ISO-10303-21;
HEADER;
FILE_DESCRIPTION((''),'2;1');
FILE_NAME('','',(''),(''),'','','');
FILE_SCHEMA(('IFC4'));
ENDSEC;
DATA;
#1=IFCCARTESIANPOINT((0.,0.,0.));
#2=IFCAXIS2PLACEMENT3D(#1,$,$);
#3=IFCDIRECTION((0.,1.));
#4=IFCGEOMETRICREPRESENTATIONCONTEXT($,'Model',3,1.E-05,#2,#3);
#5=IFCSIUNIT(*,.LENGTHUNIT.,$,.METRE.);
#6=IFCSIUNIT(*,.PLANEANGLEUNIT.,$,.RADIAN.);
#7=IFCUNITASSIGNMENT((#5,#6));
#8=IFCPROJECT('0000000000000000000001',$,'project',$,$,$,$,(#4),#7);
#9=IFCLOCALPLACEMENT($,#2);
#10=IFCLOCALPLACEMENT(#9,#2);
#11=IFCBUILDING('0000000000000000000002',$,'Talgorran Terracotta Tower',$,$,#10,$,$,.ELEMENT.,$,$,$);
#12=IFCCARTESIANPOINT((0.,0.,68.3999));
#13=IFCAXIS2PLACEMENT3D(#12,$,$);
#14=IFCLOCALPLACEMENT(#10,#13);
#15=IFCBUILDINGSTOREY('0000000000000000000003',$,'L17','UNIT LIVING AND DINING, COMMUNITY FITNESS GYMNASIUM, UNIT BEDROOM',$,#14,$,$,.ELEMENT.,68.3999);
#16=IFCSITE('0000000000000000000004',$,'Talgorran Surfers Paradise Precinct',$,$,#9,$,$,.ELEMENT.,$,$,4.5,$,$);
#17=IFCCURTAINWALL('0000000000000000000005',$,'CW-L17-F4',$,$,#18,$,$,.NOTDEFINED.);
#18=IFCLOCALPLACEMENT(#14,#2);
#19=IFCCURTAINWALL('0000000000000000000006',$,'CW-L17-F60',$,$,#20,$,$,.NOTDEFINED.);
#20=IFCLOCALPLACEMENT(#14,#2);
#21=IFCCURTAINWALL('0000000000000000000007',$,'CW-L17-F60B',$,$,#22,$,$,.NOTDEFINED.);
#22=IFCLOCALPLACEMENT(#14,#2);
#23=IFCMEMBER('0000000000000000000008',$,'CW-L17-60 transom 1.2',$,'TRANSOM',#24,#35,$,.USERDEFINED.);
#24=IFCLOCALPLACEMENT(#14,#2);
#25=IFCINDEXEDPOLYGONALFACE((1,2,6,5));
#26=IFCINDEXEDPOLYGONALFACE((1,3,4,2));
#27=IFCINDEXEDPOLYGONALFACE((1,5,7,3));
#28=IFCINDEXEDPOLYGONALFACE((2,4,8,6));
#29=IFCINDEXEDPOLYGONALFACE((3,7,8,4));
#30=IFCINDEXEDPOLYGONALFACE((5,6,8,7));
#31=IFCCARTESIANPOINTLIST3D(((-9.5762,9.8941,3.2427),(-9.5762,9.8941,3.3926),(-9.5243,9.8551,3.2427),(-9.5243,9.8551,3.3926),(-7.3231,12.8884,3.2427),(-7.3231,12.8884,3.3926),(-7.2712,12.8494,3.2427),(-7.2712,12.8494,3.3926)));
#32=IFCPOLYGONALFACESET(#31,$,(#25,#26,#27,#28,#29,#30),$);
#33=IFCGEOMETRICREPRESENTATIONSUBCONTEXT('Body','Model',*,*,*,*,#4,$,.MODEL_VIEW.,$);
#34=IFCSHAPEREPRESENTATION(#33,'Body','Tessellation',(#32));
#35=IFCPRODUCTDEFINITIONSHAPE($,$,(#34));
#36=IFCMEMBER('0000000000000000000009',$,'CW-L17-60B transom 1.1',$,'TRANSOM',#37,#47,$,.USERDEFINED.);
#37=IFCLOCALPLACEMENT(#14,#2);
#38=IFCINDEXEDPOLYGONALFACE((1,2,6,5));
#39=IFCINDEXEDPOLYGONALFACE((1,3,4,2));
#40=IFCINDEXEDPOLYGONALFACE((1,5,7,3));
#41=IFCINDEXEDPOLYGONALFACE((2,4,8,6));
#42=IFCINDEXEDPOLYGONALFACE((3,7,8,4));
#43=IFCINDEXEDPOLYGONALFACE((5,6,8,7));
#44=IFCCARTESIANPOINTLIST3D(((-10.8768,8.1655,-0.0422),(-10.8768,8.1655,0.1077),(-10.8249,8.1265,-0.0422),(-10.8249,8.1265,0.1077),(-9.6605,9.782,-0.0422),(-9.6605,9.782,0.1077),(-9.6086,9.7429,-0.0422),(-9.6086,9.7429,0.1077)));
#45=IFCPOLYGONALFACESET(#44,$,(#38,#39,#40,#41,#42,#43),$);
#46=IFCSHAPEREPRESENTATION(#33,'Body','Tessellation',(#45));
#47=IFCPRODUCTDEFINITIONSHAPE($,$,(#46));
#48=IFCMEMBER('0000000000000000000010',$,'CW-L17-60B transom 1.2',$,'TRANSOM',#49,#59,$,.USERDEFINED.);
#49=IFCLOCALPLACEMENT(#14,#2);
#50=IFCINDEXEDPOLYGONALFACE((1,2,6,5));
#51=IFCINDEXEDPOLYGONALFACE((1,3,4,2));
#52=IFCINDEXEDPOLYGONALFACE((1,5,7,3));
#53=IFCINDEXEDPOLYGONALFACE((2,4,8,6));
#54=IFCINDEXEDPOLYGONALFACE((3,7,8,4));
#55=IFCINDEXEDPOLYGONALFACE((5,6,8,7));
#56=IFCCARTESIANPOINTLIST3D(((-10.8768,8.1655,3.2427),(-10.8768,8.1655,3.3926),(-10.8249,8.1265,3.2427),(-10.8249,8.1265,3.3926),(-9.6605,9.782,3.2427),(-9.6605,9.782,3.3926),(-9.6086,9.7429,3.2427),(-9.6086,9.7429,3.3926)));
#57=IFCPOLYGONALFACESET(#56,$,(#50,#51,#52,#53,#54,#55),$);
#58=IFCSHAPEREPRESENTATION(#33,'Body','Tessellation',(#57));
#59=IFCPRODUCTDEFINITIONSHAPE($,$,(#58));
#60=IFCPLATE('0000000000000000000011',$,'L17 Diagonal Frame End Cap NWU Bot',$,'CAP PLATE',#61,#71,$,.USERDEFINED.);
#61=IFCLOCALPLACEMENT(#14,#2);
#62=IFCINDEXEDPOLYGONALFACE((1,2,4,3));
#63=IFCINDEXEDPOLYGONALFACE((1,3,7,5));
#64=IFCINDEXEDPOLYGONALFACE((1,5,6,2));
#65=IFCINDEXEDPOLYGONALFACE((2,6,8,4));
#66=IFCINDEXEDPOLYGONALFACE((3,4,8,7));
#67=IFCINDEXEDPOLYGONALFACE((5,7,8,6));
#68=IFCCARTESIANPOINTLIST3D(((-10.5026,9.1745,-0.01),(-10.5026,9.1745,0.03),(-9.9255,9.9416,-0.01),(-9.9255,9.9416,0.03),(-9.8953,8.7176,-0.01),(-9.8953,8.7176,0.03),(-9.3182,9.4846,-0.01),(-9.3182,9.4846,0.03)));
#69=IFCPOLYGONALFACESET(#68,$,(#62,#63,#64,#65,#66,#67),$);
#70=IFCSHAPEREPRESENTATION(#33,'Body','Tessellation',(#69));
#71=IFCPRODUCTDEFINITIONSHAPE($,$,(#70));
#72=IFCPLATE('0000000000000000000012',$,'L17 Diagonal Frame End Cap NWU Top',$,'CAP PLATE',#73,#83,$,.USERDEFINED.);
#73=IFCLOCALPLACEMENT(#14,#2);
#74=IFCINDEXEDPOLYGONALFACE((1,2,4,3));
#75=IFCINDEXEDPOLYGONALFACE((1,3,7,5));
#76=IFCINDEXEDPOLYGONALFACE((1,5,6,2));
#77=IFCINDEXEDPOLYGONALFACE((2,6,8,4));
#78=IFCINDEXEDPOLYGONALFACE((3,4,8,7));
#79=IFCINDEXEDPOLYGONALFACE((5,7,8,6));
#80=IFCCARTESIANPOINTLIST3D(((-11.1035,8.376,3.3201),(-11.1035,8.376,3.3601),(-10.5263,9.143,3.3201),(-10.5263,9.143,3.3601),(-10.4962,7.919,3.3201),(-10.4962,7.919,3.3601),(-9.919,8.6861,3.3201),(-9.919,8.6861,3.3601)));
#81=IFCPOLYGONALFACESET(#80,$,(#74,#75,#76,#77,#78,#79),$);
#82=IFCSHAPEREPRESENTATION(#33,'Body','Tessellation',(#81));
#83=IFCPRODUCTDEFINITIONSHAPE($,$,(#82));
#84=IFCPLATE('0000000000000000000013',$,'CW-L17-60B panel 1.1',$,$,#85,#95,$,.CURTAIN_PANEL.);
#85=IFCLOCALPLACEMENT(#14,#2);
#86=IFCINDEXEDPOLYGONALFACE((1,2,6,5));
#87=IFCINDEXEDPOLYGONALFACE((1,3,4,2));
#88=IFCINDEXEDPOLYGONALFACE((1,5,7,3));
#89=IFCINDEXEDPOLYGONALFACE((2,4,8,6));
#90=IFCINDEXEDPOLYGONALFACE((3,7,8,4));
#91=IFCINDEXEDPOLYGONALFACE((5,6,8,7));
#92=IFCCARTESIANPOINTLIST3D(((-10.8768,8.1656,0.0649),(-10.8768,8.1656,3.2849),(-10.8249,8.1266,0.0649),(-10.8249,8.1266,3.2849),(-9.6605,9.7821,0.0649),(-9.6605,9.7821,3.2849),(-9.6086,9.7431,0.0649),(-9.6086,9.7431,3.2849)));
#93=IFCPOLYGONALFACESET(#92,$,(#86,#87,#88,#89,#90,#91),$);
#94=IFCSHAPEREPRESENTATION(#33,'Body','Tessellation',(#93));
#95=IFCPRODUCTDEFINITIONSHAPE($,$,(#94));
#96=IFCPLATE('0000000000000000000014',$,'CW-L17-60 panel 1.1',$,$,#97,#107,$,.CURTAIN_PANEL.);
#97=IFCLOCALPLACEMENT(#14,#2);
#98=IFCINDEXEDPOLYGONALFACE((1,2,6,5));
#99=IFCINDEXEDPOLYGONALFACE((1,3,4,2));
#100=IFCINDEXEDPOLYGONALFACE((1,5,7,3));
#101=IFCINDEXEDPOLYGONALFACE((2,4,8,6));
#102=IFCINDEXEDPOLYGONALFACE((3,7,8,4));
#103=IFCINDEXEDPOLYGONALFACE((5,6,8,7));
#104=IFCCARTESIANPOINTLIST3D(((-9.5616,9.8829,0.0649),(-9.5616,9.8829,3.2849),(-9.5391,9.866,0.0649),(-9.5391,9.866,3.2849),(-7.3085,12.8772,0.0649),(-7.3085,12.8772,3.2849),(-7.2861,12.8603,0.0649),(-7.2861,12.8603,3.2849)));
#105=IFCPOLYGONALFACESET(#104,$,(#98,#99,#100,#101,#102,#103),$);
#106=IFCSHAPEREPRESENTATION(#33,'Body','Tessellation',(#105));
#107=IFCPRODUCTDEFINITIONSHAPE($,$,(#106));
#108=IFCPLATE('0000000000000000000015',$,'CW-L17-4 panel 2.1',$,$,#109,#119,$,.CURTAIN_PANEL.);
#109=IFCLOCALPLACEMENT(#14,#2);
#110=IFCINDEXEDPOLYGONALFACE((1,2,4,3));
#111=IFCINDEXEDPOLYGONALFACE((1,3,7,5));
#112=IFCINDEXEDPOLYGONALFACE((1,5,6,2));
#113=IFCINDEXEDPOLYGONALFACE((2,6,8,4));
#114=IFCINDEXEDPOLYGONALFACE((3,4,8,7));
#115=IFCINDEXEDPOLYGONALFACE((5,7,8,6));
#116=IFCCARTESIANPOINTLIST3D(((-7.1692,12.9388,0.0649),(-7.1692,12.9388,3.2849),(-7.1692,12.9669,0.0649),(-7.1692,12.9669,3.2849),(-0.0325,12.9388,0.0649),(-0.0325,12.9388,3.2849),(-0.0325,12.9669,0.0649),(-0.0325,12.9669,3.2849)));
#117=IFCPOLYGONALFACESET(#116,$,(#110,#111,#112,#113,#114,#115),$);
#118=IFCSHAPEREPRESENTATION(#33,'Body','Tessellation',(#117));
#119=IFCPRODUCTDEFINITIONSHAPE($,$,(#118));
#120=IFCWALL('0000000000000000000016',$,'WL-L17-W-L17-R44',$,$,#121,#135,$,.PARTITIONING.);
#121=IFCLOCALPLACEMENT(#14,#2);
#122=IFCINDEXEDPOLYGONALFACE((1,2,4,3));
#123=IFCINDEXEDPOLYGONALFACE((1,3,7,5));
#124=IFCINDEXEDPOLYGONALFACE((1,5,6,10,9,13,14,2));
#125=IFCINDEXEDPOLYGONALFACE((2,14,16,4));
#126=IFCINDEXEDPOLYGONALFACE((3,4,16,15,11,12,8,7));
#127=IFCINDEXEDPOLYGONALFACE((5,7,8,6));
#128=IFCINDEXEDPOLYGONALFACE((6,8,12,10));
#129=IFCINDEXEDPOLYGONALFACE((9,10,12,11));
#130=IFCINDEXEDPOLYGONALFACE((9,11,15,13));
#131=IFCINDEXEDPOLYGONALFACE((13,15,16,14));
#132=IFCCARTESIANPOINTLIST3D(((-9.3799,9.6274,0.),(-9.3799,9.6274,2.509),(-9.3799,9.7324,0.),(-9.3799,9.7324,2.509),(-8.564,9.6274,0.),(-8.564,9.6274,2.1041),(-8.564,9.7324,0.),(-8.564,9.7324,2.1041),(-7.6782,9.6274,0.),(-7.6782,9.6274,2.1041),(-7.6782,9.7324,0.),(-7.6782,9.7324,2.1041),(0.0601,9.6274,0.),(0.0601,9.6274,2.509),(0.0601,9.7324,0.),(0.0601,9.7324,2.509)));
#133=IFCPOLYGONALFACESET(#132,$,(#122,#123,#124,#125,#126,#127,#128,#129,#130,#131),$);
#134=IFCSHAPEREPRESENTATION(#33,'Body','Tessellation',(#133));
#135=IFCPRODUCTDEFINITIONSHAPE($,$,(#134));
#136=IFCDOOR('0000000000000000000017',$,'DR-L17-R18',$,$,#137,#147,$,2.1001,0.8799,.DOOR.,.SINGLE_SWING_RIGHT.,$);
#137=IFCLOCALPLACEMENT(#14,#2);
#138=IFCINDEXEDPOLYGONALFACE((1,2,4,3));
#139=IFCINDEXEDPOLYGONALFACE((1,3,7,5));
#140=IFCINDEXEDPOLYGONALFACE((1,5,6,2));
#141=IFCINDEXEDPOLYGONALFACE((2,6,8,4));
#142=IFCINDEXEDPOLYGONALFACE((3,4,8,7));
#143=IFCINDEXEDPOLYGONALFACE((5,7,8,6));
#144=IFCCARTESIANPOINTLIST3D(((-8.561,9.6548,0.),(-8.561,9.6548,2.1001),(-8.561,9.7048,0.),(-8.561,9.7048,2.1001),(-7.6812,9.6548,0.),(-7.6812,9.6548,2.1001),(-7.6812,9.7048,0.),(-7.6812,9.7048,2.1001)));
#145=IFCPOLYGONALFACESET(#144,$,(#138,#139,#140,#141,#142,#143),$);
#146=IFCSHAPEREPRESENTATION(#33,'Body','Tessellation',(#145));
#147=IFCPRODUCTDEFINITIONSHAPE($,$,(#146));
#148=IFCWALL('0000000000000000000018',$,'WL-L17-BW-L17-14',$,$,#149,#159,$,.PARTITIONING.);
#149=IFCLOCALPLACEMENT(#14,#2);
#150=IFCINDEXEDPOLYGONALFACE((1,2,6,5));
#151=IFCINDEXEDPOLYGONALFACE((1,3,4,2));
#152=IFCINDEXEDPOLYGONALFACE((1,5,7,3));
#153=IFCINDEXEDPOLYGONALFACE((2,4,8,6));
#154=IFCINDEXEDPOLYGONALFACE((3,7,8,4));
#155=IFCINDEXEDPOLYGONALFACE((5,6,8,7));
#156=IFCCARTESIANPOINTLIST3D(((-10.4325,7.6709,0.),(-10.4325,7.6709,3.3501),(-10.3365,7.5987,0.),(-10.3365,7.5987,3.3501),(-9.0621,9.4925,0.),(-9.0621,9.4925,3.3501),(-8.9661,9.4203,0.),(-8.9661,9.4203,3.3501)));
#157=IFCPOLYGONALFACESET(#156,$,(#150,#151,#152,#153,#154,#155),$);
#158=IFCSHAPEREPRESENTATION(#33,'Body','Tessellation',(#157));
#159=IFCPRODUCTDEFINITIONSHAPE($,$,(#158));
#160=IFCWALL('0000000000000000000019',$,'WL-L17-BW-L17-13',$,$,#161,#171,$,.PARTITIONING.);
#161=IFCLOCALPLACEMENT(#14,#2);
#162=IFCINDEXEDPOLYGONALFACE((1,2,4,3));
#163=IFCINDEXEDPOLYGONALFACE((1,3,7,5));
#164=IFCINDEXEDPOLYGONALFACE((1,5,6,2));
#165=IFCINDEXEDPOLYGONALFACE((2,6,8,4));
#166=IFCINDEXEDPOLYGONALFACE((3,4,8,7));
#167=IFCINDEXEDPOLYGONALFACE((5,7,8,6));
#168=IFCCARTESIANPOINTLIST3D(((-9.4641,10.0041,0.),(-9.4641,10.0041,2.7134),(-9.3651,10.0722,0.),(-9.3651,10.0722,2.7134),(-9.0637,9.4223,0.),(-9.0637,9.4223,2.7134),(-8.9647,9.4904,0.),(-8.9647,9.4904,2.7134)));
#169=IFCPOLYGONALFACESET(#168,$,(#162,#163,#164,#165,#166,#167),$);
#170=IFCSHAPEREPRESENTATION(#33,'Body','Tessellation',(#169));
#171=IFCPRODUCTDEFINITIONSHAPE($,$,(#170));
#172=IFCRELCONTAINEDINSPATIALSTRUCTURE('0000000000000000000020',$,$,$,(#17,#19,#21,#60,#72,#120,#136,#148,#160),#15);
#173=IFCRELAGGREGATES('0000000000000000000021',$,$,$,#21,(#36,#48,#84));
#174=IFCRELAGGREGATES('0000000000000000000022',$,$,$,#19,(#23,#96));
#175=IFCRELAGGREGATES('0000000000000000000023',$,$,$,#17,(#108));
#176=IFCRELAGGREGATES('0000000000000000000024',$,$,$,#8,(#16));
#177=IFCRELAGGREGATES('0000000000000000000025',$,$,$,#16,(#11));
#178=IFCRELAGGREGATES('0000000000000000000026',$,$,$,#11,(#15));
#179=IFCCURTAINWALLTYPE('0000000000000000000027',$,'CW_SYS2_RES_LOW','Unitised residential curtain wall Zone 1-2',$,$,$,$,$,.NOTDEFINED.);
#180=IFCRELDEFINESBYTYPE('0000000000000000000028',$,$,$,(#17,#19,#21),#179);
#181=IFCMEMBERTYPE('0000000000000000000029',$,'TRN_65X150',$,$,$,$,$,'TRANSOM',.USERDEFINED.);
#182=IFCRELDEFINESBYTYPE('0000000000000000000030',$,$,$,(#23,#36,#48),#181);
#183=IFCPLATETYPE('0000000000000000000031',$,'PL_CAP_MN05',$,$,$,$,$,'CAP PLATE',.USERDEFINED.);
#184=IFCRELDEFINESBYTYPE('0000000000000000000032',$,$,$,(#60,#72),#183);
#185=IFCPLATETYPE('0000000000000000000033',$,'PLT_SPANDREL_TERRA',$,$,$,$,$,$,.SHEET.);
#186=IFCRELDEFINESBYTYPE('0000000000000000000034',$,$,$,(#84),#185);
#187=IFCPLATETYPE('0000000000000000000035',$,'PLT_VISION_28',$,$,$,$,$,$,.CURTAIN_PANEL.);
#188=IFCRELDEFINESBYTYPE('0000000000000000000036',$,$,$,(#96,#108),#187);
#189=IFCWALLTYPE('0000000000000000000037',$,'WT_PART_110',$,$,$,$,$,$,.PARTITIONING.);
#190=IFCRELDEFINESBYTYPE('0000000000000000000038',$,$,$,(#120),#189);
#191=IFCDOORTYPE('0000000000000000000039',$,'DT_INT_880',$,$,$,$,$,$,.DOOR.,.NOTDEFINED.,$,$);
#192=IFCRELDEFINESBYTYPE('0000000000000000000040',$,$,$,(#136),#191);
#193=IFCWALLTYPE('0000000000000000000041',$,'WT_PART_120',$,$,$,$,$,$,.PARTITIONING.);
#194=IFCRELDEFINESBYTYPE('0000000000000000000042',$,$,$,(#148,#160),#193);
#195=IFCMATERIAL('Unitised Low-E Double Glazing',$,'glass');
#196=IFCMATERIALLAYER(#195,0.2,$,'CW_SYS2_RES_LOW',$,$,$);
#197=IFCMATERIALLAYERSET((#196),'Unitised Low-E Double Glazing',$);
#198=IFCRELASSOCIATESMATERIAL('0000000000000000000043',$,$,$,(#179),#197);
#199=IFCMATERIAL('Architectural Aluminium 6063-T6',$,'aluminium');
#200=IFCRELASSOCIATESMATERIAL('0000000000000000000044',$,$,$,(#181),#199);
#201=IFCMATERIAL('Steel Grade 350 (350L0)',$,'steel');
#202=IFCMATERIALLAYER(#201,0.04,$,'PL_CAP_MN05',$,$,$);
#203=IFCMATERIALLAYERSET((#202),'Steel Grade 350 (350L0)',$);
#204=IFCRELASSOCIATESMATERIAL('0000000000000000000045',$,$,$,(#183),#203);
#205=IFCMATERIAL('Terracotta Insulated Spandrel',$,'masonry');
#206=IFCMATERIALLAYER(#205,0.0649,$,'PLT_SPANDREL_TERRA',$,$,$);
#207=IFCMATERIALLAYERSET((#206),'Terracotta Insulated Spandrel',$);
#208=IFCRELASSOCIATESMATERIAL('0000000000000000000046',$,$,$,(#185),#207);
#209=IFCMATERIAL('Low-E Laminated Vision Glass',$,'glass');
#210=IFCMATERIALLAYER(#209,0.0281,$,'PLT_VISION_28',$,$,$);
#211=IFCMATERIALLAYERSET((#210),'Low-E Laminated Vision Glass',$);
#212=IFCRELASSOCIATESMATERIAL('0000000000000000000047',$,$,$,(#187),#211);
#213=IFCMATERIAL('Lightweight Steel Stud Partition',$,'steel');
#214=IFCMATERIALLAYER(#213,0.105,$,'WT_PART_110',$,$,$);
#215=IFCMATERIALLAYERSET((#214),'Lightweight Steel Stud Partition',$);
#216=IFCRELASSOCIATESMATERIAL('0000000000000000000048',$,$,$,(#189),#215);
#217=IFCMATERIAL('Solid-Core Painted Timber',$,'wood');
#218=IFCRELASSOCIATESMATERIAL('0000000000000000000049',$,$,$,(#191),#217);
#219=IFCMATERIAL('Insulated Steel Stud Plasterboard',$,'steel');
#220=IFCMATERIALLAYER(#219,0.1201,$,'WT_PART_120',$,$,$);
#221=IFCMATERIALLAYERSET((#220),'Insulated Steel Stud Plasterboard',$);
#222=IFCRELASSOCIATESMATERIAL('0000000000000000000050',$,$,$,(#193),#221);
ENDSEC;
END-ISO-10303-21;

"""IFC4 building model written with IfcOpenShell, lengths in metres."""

from ifc_helpers import new_model, si_unit, direction, frame, frame_2d, origin, origin_2d, place, context, subcontext, project, spatial, rectangle, extrude, source, transform, mapped, material, layer, layer_set, material_profile, profile_set, type_object, type_shapes, element, fill, aggregate, save


model = new_model("IFC4")

# Units and contexts
model_context = context("Model", 3, precision=1e-05, world=origin(), true_north=direction((0.0, 1.0)))
body_context = subcontext(model_context, "Body", "Model", "MODEL_VIEW")
ifc_project = project(units=[si_unit("LENGTHUNIT", "METRE"), si_unit("PLANEANGLEUNIT", "RADIAN")], contexts=[model_context])

# Site, building, storey
site_placement = place(None, origin())
site = spatial("IfcSite", under=ifc_project, at=site_placement, Name="Talgorran Surfers Paradise Precinct", CompositionType="ELEMENT", RefElevation=4.5)
building_placement = place(site_placement, origin())
building = spatial("IfcBuilding", under=site, at=building_placement, Name="Talgorran Terracotta Tower", CompositionType="ELEMENT")
storey_placement = place(building_placement, frame((0.0, 0.0, 68.3999)))
storey = spatial("IfcBuildingStorey", under=building, at=storey_placement, Name="L17", Description="UNIT LIVING AND DINING, COMMUNITY FITNESS GYMNASIUM, UNIT BEDROOM", CompositionType="ELEMENT", Elevation=68.3999)

# Shared definitions
ifc_material_1 = material(Name="Steel Grade 350 (350L0)", Category="steel")

# Curtain wall
ifc_material_2 = material(Name="Unitised Low-E Double Glazing", Category="glass")
ifc_layer_1 = layer(ifc_material_2, 0.2, Name="CW_SYS2_RES_LOW")
ifc_layer_set_1 = layer_set([ifc_layer_1], Name="Unitised Low-E Double Glazing")
curtain_wall_type = type_object("IfcCurtainWallType", Name="CW_SYS2_RES_LOW", Description="Unitised residential curtain wall Zone 1-2", PredefinedType="NOTDEFINED", material=ifc_layer_set_1)
curtain_wall_1_placement = place(storey_placement, origin())
curtain_wall_1 = element("IfcCurtainWall", 1, at=curtain_wall_1_placement, inside=storey, type_object=curtain_wall_type, Name="CW-L17-F4", PredefinedType="NOTDEFINED")
ifc_material_3 = material(Name="Architectural Aluminium 6063-T6", Category="aluminium")

# Curtain wall
curtain_wall_2_placement = place(storey_placement, origin())
curtain_wall_2 = element("IfcCurtainWall", 2, at=curtain_wall_2_placement, inside=storey, type_object=curtain_wall_type, Name="CW-L17-F60", PredefinedType="NOTDEFINED")

# Curtain wall
curtain_wall_3_placement = place(storey_placement, origin())
curtain_wall_3 = element("IfcCurtainWall", 3, at=curtain_wall_3_placement, inside=storey, type_object=curtain_wall_type, Name="CW-L17-F60B", PredefinedType="NOTDEFINED")

# Members
ifc_material_profile_1 = material_profile(ifc_material_3, rectangle(XDim=0.0649, YDim=0.1499, at=origin_2d()), Name="CWT65X150")
ifc_profile_set_1 = profile_set([ifc_material_profile_1], Name="Architectural Aluminium 6063-T6")
member_type_1 = type_object("IfcMemberType", Name="TRN_65X150", ElementType="TRANSOM", PredefinedType="USERDEFINED", material=ifc_profile_set_1)
member_1_placement = place(storey_placement, frame((-7.2971, 12.8689, 3.3176), z_axis=(-0.601261, -0.799053, 0.0), x_axis=(0.799053, -0.601261, 0.0)))
member_1 = element("IfcMember", 4, at=member_1_placement, type_object=member_type_1, Name="CW-L17-60 transom 1.2", ObjectType="TRANSOM", PredefinedType="USERDEFINED", context=body_context, shape_type="SweptSolid", body=[
    extrude(rectangle(XDim=0.0649, YDim=0.1499, at=origin_2d()), origin(), (0.0, 0.0, 1.0), 3.7473),
])
member_2_placement = place(storey_placement, frame((-9.6345, 9.7625, 0.0327), z_axis=(-0.601254, -0.799058, 0.0), x_axis=(0.799058, -0.601254, 0.0)))
member_2 = element("IfcMember", 5, at=member_2_placement, type_object=member_type_1, Name="CW-L17-60B transom 1.1", ObjectType="TRANSOM", PredefinedType="USERDEFINED", context=body_context, shape_type="SweptSolid", body=[
    extrude(rectangle(XDim=0.0649, YDim=0.1499, at=origin_2d()), origin(), (0.0, 0.0, 1.0), 2.0229),
])
member_3_placement = place(storey_placement, frame((-9.6345, 9.7625, 3.3176), z_axis=(-0.601254, -0.799058, 0.0), x_axis=(0.799058, -0.601254, 0.0)))
member_3 = element("IfcMember", 6, at=member_3_placement, type_object=member_type_1, Name="CW-L17-60B transom 1.2", ObjectType="TRANSOM", PredefinedType="USERDEFINED", context=body_context, shape_type="SweptSolid", body=[
    extrude(rectangle(XDim=0.0649, YDim=0.1499, at=origin_2d()), origin(), (0.0, 0.0, 1.0), 2.0229),
])

# Plates
ifc_layer_2 = layer(ifc_material_1, 0.04, Name="PL_CAP_MN05")
ifc_layer_set_2 = layer_set([ifc_layer_2], Name="Steel Grade 350 (350L0)")
plate_type_1 = type_object("IfcPlateType", Name="PL_CAP_MN05", ElementType="CAP PLATE", PredefinedType="USERDEFINED", material=ifc_layer_set_2)
for number, where, z_axis, x_axis, name in (
    (7, (-9.9104, 9.3296, -0.01), (0.0, 0.0, 1.0), (-0.601257, -0.799055, 0.0), "L17 Diagonal Frame End Cap NWU Bot"),
    (8, (-10.5112, 8.531, 3.3201), (0.0, 0.0, 1.0), (-0.601257, -0.799055, 0.0), "L17 Diagonal Frame End Cap NWU Top"),
):
    element("IfcPlate", number, at=place(storey_placement, frame(where, z_axis=z_axis, x_axis=x_axis)), inside=storey, type_object=plate_type_1, Name=name, ObjectType="CAP PLATE", PredefinedType="USERDEFINED", context=body_context, shape_type="SweptSolid", body=[
        extrude(rectangle(XDim=0.96, YDim=0.76, at=origin_2d()), origin(), (0.0, 0.0, 1.0), 0.04),
    ])

# Plates
ifc_material_4 = material(Name="Terracotta Insulated Spandrel", Category="masonry")
ifc_layer_3 = layer(ifc_material_4, 0.0649, Name="PLT_SPANDREL_TERRA")
ifc_layer_set_3 = layer_set([ifc_layer_3], Name="Terracotta Insulated Spandrel")
plate_type_2 = type_object("IfcPlateType", Name="PLT_SPANDREL_TERRA", PredefinedType="SHEET", material=ifc_layer_set_3)
shared_shape_1 = source(origin(), body_context, "Body", "SweptSolid", [
    extrude(rectangle(XDim=2.0229, YDim=0.0649, at=origin_2d()), origin(), (0.0, 0.0, 1.0), 3.22),
])
type_shapes(plate_type_2, [shared_shape_1])
plate_1_placement = place(storey_placement, frame((-10.2427, 8.9543, 0.0649), z_axis=(0.0, 0.0, 1.0), x_axis=(-0.601248, -0.799063, 0.0)))
plate_1 = element("IfcPlate", 9, at=plate_1_placement, type_object=plate_type_2, Name="CW-L17-60B panel 1.1", PredefinedType="CURTAIN_PANEL", context=body_context, shape_type="MappedRepresentation", body=[
    mapped(shared_shape_1, transform((0.0, 0.0, 0.0), scale=1.0)),
])
aggregate(curtain_wall_3, [member_2, member_3, plate_1])
ifc_material_5 = material(Name="Low-E Laminated Vision Glass", Category="glass")
ifc_layer_4 = layer(ifc_material_5, 0.0281, Name="PLT_VISION_28")
ifc_layer_set_4 = layer_set([ifc_layer_4], Name="Low-E Laminated Vision Glass")
plate_type_3 = type_object("IfcPlateType", Name="PLT_VISION_28", PredefinedType="CURTAIN_PANEL", material=ifc_layer_set_4)
shared_shape_2 = source(origin(), body_context, "Body", "SweptSolid", [
    extrude(rectangle(XDim=3.7473, YDim=0.0281, at=origin_2d()), origin(), (0.0, 0.0, 1.0), 3.22),
])
plate_2_placement = place(storey_placement, frame((-8.4238, 11.3716, 0.0649), z_axis=(0.0, 0.0, 1.0), x_axis=(-0.60125, -0.799061, 0.0)))
plate_2 = element("IfcPlate", 10, at=plate_2_placement, type_object=plate_type_3, Name="CW-L17-60 panel 1.1", PredefinedType="CURTAIN_PANEL", context=body_context, shape_type="MappedRepresentation", body=[
    mapped(shared_shape_2, transform((0.0, 0.0, 0.0), scale=1.0)),
])
aggregate(curtain_wall_2, [member_1, plate_2])
shared_shape_3 = source(origin(), body_context, "Body", "SweptSolid", [
    extrude(rectangle(XDim=7.1367, YDim=0.0281, at=origin_2d()), origin(), (0.0, 0.0, 1.0), 3.22),
])
type_shapes(plate_type_3, [shared_shape_2, shared_shape_3])
plate_3_placement = place(storey_placement, frame((-3.6008, 12.9529, 0.0649), z_axis=(0.0, 0.0, 1.0), x_axis=(-1.0, 0.0, 0.0)))
plate_3 = element("IfcPlate", 11, at=plate_3_placement, type_object=plate_type_3, Name="CW-L17-4 panel 2.1", PredefinedType="CURTAIN_PANEL", context=body_context, shape_type="MappedRepresentation", body=[
    mapped(shared_shape_3, transform((0.0, 0.0, 0.0), scale=1.0)),
])
aggregate(curtain_wall_1, [plate_3])

# Wall, opening, door
ifc_material_6 = material(Name="Lightweight Steel Stud Partition", Category="steel")
ifc_layer_5 = layer(ifc_material_6, 0.105, Name="WT_PART_110")
ifc_layer_set_5 = layer_set([ifc_layer_5], Name="Lightweight Steel Stud Partition")
wall_type_1 = type_object("IfcWallType", Name="WT_PART_110", PredefinedType="PARTITIONING", material=ifc_layer_set_5)
wall_1_placement = place(storey_placement, frame((-9.3799, 9.6799, 0.0), z_axis=(0.0, 0.0, 1.0), x_axis=(1.0, 0.0, 0.0)))
wall_1 = element("IfcWall", 12, at=wall_1_placement, inside=storey, type_object=wall_type_1, Name="WL-L17-W-L17-R44", PredefinedType="PARTITIONING", context=body_context, shape_type="SweptSolid", body=[
    extrude(rectangle(XDim=9.4399, YDim=0.105, at=frame_2d((4.72, 0.0))), origin(), (0.0, 0.0, 1.0), 2.509),
])
opening_placement = place(wall_1_placement, frame((0.8188, 0.0, 0.0)))
opening = element("IfcOpeningElement", 13, at=opening_placement, cuts=wall_1, PredefinedType="OPENING", context=body_context, shape_type="SweptSolid", body=[
    extrude(rectangle(XDim=0.8859, YDim=2.1041, at=frame_2d((0.4399, 1.052))), frame((0.0, 0.0625, 0.0), z_axis=(0.0, -1.0, 0.0), x_axis=(1.0, 0.0, 0.0)), (0.0, 0.0, 1.0), 0.125),
])
ifc_material_7 = material(Name="Solid-Core Painted Timber", Category="wood")
door_type = type_object("IfcDoorType", Name="DT_INT_880", OperationType="NOTDEFINED", PredefinedType="DOOR", material=ifc_material_7)
door_placement = place(opening_placement, origin())
door = element("IfcDoor", 14, at=door_placement, inside=storey, type_object=door_type, Name="DR-L17-R18", OperationType="SINGLE_SWING_RIGHT", OverallHeight=2.1001, OverallWidth=0.8799, PredefinedType="DOOR", context=body_context, shape_type="SweptSolid", body=[
    extrude(rectangle(XDim=0.8799, YDim=2.1001, at=frame_2d((0.4399, 1.05))), frame((0.0, 0.0249, 0.0), z_axis=(0.0, -1.0, 0.0), x_axis=(1.0, 0.0, 0.0)), (0.0, 0.0, 1.0), 0.05),
])
fill(opening, door)

# Walls
ifc_material_8 = material(Name="Insulated Steel Stud Plasterboard", Category="steel")
ifc_layer_6 = layer(ifc_material_8, 0.1201, Name="WT_PART_120")
ifc_layer_set_6 = layer_set([ifc_layer_6], Name="Insulated Steel Stud Plasterboard")
wall_type_2 = type_object("IfcWallType", Name="WT_PART_120", PredefinedType="PARTITIONING", material=ifc_layer_set_6)
wall_2_placement = place(storey_placement, frame((-9.0142, 9.4563, 0.0), z_axis=(0.0, 0.0, 1.0), x_axis=(-0.601182, -0.799112, 0.0)))
element("IfcWall", 15, at=wall_2_placement, inside=storey, type_object=wall_type_2, Name="WL-L17-BW-L17-14", PredefinedType="PARTITIONING", context=body_context, shape_type="SweptSolid", body=[
    extrude(rectangle(XDim=2.2795, YDim=0.1201, at=frame_2d((1.1396, 0.0))), origin(), (0.0, 0.0, 1.0), 3.3501),
])
wall_3_placement = place(storey_placement, frame((-9.4146, 10.0381, 0.0), z_axis=(0.0, 0.0, 1.0), x_axis=(0.566925, -0.823769, 0.0)))
element("IfcWall", 16, at=wall_3_placement, inside=storey, type_object=wall_type_2, Name="WL-L17-BW-L17-13", PredefinedType="PARTITIONING", context=body_context, shape_type="SweptSolid", body=[
    extrude(rectangle(XDim=0.7063, YDim=0.1201, at=frame_2d((0.353, 0.0))), origin(), (0.0, 0.0, 1.0), 2.7134),
])

save(model, "model.ifc")
